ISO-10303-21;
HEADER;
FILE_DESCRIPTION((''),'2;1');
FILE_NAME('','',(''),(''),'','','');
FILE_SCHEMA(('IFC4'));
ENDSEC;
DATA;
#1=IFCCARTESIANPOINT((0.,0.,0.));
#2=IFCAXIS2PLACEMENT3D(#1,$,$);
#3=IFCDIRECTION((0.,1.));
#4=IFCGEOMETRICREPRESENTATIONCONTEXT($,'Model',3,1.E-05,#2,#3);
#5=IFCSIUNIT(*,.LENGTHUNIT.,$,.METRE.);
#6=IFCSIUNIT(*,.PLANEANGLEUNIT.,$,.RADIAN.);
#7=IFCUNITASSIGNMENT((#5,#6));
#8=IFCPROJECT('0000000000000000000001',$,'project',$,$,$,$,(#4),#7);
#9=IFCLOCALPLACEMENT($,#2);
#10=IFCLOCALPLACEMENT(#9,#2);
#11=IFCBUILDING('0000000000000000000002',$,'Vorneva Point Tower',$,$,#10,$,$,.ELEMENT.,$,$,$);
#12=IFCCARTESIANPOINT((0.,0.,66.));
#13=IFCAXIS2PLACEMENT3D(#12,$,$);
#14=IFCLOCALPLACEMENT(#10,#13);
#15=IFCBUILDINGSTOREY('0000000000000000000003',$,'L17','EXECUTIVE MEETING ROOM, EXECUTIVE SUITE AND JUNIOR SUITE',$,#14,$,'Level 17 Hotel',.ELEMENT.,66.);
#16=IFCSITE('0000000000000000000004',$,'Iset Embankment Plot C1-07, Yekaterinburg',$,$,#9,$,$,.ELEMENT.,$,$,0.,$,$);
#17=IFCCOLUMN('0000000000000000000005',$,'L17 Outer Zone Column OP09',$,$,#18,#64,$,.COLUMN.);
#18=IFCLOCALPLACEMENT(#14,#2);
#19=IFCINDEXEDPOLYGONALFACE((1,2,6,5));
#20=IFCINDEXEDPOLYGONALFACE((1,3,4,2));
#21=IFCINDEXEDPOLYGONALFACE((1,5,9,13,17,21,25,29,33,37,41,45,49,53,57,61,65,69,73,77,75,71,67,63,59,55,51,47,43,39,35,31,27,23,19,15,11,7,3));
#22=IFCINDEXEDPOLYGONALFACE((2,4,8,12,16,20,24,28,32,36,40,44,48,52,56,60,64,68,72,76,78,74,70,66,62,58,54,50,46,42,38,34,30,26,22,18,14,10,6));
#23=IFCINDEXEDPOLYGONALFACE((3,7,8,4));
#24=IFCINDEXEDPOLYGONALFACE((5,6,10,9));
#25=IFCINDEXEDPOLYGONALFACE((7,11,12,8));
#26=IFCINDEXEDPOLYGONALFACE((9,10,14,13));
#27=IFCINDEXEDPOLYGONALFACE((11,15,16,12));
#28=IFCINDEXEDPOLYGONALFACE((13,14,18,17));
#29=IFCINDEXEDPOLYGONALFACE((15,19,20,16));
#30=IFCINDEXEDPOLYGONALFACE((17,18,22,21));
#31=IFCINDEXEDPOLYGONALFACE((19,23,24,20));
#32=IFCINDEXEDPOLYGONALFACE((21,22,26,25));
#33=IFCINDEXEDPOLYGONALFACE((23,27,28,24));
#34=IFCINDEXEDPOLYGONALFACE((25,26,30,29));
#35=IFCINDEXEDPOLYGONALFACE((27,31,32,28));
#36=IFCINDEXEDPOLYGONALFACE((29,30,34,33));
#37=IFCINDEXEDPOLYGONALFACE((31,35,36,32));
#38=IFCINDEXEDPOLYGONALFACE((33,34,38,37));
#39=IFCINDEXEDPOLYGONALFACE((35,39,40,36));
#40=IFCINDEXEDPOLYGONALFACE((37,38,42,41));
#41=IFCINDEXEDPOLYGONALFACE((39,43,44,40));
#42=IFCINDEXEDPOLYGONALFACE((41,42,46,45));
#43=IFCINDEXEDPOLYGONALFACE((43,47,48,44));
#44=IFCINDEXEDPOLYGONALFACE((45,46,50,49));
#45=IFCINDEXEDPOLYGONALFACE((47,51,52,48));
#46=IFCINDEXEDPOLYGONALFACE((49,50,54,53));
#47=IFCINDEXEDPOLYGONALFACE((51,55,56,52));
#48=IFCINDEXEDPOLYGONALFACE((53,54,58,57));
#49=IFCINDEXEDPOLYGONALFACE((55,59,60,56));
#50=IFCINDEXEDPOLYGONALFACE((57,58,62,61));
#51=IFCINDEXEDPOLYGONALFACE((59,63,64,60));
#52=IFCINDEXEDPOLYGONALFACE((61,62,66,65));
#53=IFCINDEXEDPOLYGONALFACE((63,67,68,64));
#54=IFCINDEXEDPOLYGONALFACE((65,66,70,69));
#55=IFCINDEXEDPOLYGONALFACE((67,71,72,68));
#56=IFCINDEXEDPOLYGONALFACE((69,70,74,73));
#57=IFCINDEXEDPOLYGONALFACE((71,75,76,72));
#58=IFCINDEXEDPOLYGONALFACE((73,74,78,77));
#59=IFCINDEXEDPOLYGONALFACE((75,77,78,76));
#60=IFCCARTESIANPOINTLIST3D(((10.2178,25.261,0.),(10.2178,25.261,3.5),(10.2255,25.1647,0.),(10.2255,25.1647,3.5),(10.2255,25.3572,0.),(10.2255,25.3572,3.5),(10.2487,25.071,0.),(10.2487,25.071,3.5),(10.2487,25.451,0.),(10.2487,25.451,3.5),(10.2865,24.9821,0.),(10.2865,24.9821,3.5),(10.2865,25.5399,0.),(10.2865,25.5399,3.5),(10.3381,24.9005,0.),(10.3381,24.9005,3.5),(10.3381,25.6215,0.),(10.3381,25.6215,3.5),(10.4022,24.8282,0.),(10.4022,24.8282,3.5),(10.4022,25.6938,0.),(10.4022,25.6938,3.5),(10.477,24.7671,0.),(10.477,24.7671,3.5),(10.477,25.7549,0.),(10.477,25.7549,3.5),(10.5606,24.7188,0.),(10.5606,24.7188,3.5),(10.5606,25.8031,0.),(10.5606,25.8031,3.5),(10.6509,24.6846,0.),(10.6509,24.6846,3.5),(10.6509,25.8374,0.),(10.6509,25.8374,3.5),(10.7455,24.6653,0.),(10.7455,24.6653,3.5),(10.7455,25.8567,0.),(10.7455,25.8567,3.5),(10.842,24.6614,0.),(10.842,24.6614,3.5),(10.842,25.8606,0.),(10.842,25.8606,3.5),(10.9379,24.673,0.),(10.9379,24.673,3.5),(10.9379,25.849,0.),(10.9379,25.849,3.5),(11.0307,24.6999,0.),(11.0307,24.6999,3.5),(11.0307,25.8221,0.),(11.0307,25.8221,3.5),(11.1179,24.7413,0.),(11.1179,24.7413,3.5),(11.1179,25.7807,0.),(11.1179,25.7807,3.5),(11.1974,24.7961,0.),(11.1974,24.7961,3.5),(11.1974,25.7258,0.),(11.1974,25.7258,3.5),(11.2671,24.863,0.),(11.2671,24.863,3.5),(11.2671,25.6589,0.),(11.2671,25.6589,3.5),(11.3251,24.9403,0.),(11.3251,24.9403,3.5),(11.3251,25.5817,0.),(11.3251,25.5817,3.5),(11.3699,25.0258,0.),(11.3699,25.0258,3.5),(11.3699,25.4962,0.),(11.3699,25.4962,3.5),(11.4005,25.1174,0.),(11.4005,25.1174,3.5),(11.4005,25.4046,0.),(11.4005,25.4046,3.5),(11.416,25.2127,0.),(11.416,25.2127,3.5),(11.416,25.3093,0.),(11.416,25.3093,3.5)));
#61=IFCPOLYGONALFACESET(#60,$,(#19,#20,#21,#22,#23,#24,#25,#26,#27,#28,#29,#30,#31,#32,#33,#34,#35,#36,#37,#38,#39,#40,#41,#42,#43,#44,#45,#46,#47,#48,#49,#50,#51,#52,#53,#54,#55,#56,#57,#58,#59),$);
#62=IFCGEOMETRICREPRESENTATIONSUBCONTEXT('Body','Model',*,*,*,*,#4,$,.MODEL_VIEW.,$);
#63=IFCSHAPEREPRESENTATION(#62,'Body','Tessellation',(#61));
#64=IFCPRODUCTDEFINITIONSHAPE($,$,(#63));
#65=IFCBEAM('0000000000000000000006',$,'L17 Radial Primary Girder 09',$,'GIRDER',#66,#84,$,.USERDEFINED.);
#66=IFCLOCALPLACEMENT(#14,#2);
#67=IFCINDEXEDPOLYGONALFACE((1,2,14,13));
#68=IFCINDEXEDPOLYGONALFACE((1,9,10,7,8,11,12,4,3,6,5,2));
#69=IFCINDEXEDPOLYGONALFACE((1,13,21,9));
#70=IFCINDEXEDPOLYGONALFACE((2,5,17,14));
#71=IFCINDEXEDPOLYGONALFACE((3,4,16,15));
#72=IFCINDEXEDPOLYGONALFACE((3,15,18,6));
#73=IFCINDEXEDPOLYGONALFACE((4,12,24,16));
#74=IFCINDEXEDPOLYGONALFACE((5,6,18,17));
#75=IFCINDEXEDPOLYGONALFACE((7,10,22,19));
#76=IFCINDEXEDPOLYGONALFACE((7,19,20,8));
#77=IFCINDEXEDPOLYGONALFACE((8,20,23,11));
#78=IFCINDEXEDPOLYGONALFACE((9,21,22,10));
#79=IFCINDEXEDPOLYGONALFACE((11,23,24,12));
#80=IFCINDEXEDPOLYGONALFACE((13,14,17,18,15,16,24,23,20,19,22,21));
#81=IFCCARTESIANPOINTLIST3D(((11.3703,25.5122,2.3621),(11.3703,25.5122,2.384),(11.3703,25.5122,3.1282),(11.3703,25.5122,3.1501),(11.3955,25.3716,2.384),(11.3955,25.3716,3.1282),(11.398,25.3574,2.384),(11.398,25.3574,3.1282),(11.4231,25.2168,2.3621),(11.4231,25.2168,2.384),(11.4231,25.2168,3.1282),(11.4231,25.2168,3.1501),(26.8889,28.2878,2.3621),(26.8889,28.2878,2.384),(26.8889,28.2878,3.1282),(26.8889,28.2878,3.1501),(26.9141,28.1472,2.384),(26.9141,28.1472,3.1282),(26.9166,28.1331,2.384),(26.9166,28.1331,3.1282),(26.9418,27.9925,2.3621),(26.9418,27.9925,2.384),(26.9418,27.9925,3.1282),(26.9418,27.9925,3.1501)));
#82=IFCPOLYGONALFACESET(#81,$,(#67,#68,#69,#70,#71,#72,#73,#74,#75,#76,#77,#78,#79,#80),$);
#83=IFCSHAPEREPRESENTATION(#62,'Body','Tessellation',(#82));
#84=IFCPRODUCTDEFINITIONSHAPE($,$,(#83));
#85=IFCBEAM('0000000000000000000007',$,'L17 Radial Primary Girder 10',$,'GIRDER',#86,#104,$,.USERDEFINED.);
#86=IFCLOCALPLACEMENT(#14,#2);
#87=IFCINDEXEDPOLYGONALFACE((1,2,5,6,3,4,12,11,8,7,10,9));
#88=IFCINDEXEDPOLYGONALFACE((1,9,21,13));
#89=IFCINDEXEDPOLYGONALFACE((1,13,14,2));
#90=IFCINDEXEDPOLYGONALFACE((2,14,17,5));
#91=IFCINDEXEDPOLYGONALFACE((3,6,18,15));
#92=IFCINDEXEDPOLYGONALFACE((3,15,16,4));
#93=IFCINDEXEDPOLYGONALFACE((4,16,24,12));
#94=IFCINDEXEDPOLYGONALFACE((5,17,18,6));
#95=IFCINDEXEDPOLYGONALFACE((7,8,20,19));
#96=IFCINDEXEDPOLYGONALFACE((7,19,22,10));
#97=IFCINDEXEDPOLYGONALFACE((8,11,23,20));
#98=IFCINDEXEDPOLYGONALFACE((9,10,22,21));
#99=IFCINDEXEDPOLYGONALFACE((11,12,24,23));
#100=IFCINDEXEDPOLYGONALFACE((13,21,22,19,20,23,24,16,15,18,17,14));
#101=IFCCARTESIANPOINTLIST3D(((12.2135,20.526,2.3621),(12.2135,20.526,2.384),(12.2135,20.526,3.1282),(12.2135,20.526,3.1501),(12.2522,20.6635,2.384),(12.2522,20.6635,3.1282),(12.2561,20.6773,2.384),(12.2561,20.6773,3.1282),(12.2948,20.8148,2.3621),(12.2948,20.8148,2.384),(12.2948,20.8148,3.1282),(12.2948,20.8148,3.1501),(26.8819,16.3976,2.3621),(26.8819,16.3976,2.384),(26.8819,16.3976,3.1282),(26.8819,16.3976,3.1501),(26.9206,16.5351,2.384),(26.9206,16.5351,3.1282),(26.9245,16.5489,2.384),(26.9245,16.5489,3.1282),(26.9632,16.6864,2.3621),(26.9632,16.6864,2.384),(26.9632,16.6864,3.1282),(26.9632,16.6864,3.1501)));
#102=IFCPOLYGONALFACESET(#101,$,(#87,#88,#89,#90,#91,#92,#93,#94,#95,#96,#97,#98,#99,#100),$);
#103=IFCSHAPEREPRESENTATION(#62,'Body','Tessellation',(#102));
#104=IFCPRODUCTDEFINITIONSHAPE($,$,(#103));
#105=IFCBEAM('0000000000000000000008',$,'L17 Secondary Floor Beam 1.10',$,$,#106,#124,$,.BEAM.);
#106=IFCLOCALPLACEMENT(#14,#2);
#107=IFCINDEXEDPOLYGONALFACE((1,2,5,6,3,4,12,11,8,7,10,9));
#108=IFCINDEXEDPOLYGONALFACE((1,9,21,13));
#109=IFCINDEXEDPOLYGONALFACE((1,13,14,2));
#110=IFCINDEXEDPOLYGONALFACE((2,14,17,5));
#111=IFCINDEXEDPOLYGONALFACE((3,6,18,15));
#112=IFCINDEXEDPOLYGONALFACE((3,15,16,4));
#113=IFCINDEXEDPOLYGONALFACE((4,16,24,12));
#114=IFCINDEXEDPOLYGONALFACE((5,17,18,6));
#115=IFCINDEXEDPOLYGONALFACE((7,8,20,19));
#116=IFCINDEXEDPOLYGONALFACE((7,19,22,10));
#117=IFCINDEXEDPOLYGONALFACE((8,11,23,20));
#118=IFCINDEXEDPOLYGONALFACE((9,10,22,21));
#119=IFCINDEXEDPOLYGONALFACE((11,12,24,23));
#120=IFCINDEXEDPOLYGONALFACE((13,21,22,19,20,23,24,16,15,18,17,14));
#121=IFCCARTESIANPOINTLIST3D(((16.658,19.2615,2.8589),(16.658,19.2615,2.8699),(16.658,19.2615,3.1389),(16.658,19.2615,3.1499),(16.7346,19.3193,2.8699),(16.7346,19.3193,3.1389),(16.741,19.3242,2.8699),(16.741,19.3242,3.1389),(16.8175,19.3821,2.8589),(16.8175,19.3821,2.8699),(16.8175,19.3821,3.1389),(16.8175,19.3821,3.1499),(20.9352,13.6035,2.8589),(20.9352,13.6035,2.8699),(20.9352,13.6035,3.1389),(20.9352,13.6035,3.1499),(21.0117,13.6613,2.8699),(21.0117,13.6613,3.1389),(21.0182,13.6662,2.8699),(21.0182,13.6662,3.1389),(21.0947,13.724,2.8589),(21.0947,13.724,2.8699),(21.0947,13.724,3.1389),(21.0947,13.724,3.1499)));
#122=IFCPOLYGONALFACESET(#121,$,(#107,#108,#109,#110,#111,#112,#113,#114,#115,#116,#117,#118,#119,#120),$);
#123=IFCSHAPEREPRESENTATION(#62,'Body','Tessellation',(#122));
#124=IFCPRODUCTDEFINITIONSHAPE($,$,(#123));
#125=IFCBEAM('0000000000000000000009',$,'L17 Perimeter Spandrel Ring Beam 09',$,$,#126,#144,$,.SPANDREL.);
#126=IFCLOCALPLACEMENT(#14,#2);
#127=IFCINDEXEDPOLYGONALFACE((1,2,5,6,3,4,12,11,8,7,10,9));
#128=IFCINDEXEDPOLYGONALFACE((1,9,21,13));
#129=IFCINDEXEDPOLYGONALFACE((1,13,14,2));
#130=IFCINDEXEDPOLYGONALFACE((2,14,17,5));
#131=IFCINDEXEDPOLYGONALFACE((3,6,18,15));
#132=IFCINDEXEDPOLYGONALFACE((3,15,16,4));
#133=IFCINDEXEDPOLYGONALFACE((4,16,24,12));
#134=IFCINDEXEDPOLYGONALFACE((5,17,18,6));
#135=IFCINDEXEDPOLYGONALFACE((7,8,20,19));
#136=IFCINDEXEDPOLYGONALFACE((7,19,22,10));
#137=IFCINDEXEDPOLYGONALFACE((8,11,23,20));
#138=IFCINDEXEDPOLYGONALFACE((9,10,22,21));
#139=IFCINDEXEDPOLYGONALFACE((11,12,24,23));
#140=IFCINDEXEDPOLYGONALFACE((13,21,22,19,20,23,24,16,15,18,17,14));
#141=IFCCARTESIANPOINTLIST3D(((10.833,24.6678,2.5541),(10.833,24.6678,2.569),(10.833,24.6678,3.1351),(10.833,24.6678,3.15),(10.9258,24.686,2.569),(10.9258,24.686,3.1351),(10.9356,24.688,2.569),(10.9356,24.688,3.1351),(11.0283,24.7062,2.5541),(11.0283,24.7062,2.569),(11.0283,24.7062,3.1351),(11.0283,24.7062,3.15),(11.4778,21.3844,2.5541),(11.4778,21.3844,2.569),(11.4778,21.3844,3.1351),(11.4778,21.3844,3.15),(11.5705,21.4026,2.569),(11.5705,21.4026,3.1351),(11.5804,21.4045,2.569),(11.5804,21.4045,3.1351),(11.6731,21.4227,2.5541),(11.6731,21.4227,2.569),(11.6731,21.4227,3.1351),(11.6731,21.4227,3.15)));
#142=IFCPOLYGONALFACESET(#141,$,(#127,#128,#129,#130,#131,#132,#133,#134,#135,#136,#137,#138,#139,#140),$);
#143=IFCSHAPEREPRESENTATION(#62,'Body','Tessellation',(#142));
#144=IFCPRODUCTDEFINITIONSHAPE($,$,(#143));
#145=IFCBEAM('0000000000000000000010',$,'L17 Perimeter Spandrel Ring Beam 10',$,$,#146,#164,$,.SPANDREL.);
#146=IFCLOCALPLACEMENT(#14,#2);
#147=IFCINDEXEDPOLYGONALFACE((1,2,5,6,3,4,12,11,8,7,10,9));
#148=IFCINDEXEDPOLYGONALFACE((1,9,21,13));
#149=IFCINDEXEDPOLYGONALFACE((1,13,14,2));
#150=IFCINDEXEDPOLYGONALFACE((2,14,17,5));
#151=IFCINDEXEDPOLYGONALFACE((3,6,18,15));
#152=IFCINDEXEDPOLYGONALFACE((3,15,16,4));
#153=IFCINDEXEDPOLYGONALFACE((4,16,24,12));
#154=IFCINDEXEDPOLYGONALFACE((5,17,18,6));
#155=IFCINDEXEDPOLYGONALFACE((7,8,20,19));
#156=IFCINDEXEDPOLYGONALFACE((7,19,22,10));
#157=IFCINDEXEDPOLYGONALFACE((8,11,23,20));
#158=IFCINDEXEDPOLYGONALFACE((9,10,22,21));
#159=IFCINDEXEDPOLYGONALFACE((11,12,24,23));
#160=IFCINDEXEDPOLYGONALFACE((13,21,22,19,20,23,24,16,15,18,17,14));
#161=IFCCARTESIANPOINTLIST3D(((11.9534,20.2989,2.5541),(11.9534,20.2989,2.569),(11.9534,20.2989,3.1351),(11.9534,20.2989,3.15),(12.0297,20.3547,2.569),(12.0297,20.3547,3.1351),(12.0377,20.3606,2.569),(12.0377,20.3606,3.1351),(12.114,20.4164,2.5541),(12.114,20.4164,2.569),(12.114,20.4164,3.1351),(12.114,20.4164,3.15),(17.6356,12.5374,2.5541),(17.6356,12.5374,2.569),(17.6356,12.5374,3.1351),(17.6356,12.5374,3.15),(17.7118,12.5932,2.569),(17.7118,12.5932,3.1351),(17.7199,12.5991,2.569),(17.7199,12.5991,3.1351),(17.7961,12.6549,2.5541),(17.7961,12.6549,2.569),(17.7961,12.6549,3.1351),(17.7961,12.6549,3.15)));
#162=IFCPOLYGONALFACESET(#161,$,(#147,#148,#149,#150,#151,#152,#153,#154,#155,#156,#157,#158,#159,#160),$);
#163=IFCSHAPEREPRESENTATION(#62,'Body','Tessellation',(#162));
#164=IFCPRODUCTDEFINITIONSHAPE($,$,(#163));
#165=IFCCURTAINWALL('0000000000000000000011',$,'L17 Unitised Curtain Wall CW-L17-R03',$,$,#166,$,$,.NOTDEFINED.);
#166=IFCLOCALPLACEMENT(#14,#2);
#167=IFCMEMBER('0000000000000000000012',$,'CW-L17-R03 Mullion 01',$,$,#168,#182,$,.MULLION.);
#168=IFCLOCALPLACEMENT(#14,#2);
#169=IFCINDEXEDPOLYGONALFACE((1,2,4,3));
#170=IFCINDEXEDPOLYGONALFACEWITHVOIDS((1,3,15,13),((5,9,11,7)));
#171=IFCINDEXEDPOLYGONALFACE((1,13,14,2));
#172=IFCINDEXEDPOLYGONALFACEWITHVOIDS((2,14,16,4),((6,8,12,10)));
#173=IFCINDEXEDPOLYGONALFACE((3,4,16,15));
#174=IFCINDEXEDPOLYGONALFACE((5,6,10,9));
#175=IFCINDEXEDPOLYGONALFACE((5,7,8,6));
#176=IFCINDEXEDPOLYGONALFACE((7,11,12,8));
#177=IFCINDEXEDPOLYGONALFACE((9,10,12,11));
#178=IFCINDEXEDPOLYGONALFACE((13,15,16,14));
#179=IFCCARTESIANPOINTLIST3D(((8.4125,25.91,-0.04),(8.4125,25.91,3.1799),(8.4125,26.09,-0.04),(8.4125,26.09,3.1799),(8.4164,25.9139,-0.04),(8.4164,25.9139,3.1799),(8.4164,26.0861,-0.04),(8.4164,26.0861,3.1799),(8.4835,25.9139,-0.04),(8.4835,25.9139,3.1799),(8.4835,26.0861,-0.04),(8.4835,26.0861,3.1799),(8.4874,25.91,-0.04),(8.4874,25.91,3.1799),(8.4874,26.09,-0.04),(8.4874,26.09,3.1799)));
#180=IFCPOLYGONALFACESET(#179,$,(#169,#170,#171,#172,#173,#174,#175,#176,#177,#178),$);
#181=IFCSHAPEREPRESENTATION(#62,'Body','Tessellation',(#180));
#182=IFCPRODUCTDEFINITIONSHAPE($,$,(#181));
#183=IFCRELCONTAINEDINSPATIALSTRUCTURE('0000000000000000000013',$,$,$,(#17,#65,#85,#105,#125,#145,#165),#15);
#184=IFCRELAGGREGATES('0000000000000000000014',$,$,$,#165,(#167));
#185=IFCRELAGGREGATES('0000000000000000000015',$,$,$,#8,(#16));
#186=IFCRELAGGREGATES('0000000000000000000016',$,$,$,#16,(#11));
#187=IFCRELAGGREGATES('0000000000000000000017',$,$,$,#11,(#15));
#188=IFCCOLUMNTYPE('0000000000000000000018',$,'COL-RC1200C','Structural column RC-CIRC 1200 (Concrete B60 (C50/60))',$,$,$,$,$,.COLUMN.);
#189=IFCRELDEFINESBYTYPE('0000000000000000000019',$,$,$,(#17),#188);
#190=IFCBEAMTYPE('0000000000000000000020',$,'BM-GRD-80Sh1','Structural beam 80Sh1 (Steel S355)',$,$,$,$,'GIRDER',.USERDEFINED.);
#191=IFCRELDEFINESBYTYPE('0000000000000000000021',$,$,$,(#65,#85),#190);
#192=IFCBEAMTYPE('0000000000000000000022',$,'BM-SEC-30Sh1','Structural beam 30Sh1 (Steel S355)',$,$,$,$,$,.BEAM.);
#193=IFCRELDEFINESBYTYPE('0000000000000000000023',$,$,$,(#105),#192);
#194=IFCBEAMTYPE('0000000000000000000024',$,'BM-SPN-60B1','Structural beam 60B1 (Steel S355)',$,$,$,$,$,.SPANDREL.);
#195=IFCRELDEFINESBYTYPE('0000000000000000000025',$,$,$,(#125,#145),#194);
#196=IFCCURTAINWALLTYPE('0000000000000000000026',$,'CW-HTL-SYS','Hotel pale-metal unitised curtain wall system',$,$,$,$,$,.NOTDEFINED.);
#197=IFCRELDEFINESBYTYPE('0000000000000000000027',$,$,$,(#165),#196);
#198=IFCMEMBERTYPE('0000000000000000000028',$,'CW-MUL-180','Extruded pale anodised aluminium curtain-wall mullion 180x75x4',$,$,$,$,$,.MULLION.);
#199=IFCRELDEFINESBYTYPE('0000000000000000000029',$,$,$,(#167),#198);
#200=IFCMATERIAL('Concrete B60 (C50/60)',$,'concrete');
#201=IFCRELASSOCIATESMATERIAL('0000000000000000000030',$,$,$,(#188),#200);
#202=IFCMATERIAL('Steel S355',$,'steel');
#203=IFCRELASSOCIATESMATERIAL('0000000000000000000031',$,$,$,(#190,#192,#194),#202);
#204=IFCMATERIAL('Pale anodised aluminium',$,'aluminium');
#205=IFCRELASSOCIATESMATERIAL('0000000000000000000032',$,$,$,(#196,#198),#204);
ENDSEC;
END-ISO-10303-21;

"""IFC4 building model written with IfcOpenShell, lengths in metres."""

from ifc_helpers import new_model, si_unit, direction, frame, origin, origin_2d, place, context, subcontext, project, spatial, hollow_rectangle, circle, i_section, extrude, material, material_profile, profile_set, type_object, element, aggregate, save


model = new_model("IFC4")

# Units and contexts
model_context = context("Model", 3, precision=1e-05, world=origin(), true_north=direction((0.0, 1.0)))
body_context = subcontext(model_context, "Body", "Model", "MODEL_VIEW")
ifc_project = project(units=[si_unit("LENGTHUNIT", "METRE"), si_unit("PLANEANGLEUNIT", "RADIAN")], contexts=[model_context])

# Site, building, storey
site_placement = place(None, origin())
site = spatial("IfcSite", under=ifc_project, at=site_placement, Name="Iset Embankment Plot C1-07, Yekaterinburg", CompositionType="ELEMENT", RefElevation=0.0)
building_placement = place(site_placement, origin())
building = spatial("IfcBuilding", under=site, at=building_placement, Name="Vorneva Point Tower", CompositionType="ELEMENT")
storey_placement = place(building_placement, frame((0.0, 0.0, 66.0)))
storey = spatial("IfcBuildingStorey", under=building, at=storey_placement, Name="L17", Description="EXECUTIVE MEETING ROOM, EXECUTIVE SUITE AND JUNIOR SUITE", LongName="Level 17 Hotel", CompositionType="ELEMENT", Elevation=66.0)

# Column
ifc_material_1 = material(Name="Concrete B60 (C50/60)", Category="concrete")
ifc_material_profile_1 = material_profile(ifc_material_1, circle(Radius=0.6001, at=origin_2d()), Name="RC-CIRC 1200")
ifc_profile_set_1 = profile_set([ifc_material_profile_1], Name="Concrete B60 (C50/60)")
column_type = type_object("IfcColumnType", Name="COL-RC1200C", Description="Structural column RC-CIRC 1200 (Concrete B60 (C50/60))", PredefinedType="COLUMN", material=ifc_profile_set_1)
for number, where, z_axis, x_axis, name in (
    (1, (10.8179, 25.261, 0.0), (0.0, 0.0, 1.0), (-1.0, 0.0, 0.0), "L17 Outer Zone Column OP09"),
):
    element("IfcColumn", number, at=place(storey_placement, frame(where, z_axis=z_axis, x_axis=x_axis)), inside=storey, type_object=column_type, Name=name, PredefinedType="COLUMN", context=body_context, shape_type="SweptSolid", body=[
        extrude(circle(Radius=0.6001, at=origin_2d()), origin(), (0.0, 0.0, 1.0), 3.5),
    ])

# Beams
ifc_material_2 = material(Name="Steel S355", Category="steel")
ifc_material_profile_2 = material_profile(ifc_material_2, i_section(OverallWidth=0.3, OverallDepth=0.7881, WebThickness=0.0144, FlangeThickness=0.022, at=origin_2d()), Name="80Sh1")
ifc_profile_set_2 = profile_set([ifc_material_profile_2], Name="Steel S355")
beam_type_1 = type_object("IfcBeamType", Name="BM-GRD-80Sh1", Description="Structural beam 80Sh1 (Steel S355)", ElementType="GIRDER", PredefinedType="USERDEFINED", material=ifc_profile_set_2)
beam_1_placement = place(storey_placement, frame((11.3967, 25.3645, 2.7561), z_axis=(0.984379, 0.176065, 0.0), x_axis=(-0.176065, 0.984379, 0.0)))
element("IfcBeam", 2, at=beam_1_placement, inside=storey, type_object=beam_type_1, Name="L17 Radial Primary Girder 09", ObjectType="GIRDER", PredefinedType="USERDEFINED", context=body_context, shape_type="SweptSolid", body=[
    extrude(i_section(OverallWidth=0.3, OverallDepth=0.7881, WebThickness=0.0144, FlangeThickness=0.022, at=origin_2d()), origin(), (0.0, 0.0, 1.0), 15.7649),
])
beam_2_placement = place(storey_placement, frame((12.2542, 20.6704, 2.7561), z_axis=(0.962601, -0.270923, 0.0), x_axis=(0.270923, 0.962601, 0.0)))
element("IfcBeam", 3, at=beam_2_placement, inside=storey, type_object=beam_type_1, Name="L17 Radial Primary Girder 10", ObjectType="GIRDER", PredefinedType="USERDEFINED", context=body_context, shape_type="SweptSolid", body=[
    extrude(i_section(OverallWidth=0.3, OverallDepth=0.7881, WebThickness=0.0144, FlangeThickness=0.022, at=origin_2d()), origin(), (0.0, 0.0, 1.0), 15.2383),
])
ifc_material_profile_3 = material_profile(ifc_material_2, i_section(OverallWidth=0.2, OverallDepth=0.291, WebThickness=0.0081, FlangeThickness=0.011, at=origin_2d()), Name="30Sh1")
ifc_profile_set_3 = profile_set([ifc_material_profile_3], Name="Steel S355")
beam_type_2 = type_object("IfcBeamType", Name="BM-SEC-30Sh1", Description="Structural beam 30Sh1 (Steel S355)", PredefinedType="BEAM", material=ifc_profile_set_3)
beam_3_placement = place(storey_placement, frame((16.7378, 19.3218, 3.0044), z_axis=(0.60303, -0.797718, 0.0), x_axis=(0.797718, 0.60303, 0.0)))
element("IfcBeam", 4, at=beam_3_placement, inside=storey, type_object=beam_type_2, Name="L17 Secondary Floor Beam 1.10", PredefinedType="BEAM", context=body_context, shape_type="SweptSolid", body=[
    extrude(i_section(OverallWidth=0.2, OverallDepth=0.291, WebThickness=0.0081, FlangeThickness=0.011, at=origin_2d()), origin(), (0.0, 0.0, 1.0), 7.0928),
])
ifc_material_profile_4 = material_profile(ifc_material_2, i_section(OverallWidth=0.199, OverallDepth=0.5959, WebThickness=0.01, FlangeThickness=0.0149, at=origin_2d()), Name="60B1")
ifc_profile_set_4 = profile_set([ifc_material_profile_4], Name="Steel S355")
beam_type_3 = type_object("IfcBeamType", Name="BM-SPN-60B1", Description="Structural beam 60B1 (Steel S355)", PredefinedType="SPANDREL", material=ifc_profile_set_4)
beam_4_placement = place(storey_placement, frame((10.9307, 24.687, 2.8521), z_axis=(0.192691, -0.981259, 0.0), x_axis=(0.981259, 0.192691, 0.0)))
element("IfcBeam", 5, at=beam_4_placement, inside=storey, type_object=beam_type_3, Name="L17 Perimeter Spandrel Ring Beam 09", PredefinedType="SPANDREL", context=body_context, shape_type="SweptSolid", body=[
    extrude(i_section(OverallWidth=0.199, OverallDepth=0.5959, WebThickness=0.01, FlangeThickness=0.0149, at=origin_2d()), origin(), (0.0, 0.0, 1.0), 3.3462),
])
beam_5_placement = place(storey_placement, frame((12.0337, 20.3577, 2.8521), z_axis=(0.590713, -0.806882, 0.0), x_axis=(0.806882, 0.590713, 0.0)))
element("IfcBeam", 6, at=beam_5_placement, inside=storey, type_object=beam_type_3, Name="L17 Perimeter Spandrel Ring Beam 10", PredefinedType="SPANDREL", context=body_context, shape_type="SweptSolid", body=[
    extrude(i_section(OverallWidth=0.199, OverallDepth=0.5959, WebThickness=0.01, FlangeThickness=0.0149, at=origin_2d()), origin(), (0.0, 0.0, 1.0), 9.6191),
])

# Curtain wall, member
ifc_material_3 = material(Name="Pale anodised aluminium", Category="aluminium")
curtain_wall_type = type_object("IfcCurtainWallType", Name="CW-HTL-SYS", Description="Hotel pale-metal unitised curtain wall system", PredefinedType="NOTDEFINED", material=ifc_material_3)
curtain_wall_1_placement = place(storey_placement, origin())
curtain_wall_1 = element("IfcCurtainWall", 7, at=curtain_wall_1_placement, inside=storey, type_object=curtain_wall_type, Name="L17 Unitised Curtain Wall CW-L17-R03", PredefinedType="NOTDEFINED")
ifc_material_profile_5 = material_profile(ifc_material_3, hollow_rectangle(XDim=0.075, YDim=0.1799, WallThickness=0.0039, at=origin_2d()), Name="AL-MUL 180x75x4")
ifc_profile_set_5 = profile_set([ifc_material_profile_5], Name="Pale anodised aluminium")
member_type_1 = type_object("IfcMemberType", Name="CW-MUL-180", Description="Extruded pale anodised aluminium curtain-wall mullion 180x75x4", PredefinedType="MULLION", material=ifc_profile_set_5)
member_1_placement = place(storey_placement, frame((8.45, 26.0, -0.04), z_axis=(0.0, 0.0, 1.0), x_axis=(1.0, 0.0, 0.0)))
member_1 = element("IfcMember", 8, at=member_1_placement, type_object=member_type_1, Name="CW-L17-R03 Mullion 01", PredefinedType="MULLION", context=body_context, shape_type="SweptSolid", body=[
    extrude(hollow_rectangle(XDim=0.075, YDim=0.1799, WallThickness=0.0039, at=origin_2d()), origin(), (0.0, 0.0, 1.0), 3.22),
])

aggregate(curtain_wall_1, [member_1])

save(model, "model.ifc")
